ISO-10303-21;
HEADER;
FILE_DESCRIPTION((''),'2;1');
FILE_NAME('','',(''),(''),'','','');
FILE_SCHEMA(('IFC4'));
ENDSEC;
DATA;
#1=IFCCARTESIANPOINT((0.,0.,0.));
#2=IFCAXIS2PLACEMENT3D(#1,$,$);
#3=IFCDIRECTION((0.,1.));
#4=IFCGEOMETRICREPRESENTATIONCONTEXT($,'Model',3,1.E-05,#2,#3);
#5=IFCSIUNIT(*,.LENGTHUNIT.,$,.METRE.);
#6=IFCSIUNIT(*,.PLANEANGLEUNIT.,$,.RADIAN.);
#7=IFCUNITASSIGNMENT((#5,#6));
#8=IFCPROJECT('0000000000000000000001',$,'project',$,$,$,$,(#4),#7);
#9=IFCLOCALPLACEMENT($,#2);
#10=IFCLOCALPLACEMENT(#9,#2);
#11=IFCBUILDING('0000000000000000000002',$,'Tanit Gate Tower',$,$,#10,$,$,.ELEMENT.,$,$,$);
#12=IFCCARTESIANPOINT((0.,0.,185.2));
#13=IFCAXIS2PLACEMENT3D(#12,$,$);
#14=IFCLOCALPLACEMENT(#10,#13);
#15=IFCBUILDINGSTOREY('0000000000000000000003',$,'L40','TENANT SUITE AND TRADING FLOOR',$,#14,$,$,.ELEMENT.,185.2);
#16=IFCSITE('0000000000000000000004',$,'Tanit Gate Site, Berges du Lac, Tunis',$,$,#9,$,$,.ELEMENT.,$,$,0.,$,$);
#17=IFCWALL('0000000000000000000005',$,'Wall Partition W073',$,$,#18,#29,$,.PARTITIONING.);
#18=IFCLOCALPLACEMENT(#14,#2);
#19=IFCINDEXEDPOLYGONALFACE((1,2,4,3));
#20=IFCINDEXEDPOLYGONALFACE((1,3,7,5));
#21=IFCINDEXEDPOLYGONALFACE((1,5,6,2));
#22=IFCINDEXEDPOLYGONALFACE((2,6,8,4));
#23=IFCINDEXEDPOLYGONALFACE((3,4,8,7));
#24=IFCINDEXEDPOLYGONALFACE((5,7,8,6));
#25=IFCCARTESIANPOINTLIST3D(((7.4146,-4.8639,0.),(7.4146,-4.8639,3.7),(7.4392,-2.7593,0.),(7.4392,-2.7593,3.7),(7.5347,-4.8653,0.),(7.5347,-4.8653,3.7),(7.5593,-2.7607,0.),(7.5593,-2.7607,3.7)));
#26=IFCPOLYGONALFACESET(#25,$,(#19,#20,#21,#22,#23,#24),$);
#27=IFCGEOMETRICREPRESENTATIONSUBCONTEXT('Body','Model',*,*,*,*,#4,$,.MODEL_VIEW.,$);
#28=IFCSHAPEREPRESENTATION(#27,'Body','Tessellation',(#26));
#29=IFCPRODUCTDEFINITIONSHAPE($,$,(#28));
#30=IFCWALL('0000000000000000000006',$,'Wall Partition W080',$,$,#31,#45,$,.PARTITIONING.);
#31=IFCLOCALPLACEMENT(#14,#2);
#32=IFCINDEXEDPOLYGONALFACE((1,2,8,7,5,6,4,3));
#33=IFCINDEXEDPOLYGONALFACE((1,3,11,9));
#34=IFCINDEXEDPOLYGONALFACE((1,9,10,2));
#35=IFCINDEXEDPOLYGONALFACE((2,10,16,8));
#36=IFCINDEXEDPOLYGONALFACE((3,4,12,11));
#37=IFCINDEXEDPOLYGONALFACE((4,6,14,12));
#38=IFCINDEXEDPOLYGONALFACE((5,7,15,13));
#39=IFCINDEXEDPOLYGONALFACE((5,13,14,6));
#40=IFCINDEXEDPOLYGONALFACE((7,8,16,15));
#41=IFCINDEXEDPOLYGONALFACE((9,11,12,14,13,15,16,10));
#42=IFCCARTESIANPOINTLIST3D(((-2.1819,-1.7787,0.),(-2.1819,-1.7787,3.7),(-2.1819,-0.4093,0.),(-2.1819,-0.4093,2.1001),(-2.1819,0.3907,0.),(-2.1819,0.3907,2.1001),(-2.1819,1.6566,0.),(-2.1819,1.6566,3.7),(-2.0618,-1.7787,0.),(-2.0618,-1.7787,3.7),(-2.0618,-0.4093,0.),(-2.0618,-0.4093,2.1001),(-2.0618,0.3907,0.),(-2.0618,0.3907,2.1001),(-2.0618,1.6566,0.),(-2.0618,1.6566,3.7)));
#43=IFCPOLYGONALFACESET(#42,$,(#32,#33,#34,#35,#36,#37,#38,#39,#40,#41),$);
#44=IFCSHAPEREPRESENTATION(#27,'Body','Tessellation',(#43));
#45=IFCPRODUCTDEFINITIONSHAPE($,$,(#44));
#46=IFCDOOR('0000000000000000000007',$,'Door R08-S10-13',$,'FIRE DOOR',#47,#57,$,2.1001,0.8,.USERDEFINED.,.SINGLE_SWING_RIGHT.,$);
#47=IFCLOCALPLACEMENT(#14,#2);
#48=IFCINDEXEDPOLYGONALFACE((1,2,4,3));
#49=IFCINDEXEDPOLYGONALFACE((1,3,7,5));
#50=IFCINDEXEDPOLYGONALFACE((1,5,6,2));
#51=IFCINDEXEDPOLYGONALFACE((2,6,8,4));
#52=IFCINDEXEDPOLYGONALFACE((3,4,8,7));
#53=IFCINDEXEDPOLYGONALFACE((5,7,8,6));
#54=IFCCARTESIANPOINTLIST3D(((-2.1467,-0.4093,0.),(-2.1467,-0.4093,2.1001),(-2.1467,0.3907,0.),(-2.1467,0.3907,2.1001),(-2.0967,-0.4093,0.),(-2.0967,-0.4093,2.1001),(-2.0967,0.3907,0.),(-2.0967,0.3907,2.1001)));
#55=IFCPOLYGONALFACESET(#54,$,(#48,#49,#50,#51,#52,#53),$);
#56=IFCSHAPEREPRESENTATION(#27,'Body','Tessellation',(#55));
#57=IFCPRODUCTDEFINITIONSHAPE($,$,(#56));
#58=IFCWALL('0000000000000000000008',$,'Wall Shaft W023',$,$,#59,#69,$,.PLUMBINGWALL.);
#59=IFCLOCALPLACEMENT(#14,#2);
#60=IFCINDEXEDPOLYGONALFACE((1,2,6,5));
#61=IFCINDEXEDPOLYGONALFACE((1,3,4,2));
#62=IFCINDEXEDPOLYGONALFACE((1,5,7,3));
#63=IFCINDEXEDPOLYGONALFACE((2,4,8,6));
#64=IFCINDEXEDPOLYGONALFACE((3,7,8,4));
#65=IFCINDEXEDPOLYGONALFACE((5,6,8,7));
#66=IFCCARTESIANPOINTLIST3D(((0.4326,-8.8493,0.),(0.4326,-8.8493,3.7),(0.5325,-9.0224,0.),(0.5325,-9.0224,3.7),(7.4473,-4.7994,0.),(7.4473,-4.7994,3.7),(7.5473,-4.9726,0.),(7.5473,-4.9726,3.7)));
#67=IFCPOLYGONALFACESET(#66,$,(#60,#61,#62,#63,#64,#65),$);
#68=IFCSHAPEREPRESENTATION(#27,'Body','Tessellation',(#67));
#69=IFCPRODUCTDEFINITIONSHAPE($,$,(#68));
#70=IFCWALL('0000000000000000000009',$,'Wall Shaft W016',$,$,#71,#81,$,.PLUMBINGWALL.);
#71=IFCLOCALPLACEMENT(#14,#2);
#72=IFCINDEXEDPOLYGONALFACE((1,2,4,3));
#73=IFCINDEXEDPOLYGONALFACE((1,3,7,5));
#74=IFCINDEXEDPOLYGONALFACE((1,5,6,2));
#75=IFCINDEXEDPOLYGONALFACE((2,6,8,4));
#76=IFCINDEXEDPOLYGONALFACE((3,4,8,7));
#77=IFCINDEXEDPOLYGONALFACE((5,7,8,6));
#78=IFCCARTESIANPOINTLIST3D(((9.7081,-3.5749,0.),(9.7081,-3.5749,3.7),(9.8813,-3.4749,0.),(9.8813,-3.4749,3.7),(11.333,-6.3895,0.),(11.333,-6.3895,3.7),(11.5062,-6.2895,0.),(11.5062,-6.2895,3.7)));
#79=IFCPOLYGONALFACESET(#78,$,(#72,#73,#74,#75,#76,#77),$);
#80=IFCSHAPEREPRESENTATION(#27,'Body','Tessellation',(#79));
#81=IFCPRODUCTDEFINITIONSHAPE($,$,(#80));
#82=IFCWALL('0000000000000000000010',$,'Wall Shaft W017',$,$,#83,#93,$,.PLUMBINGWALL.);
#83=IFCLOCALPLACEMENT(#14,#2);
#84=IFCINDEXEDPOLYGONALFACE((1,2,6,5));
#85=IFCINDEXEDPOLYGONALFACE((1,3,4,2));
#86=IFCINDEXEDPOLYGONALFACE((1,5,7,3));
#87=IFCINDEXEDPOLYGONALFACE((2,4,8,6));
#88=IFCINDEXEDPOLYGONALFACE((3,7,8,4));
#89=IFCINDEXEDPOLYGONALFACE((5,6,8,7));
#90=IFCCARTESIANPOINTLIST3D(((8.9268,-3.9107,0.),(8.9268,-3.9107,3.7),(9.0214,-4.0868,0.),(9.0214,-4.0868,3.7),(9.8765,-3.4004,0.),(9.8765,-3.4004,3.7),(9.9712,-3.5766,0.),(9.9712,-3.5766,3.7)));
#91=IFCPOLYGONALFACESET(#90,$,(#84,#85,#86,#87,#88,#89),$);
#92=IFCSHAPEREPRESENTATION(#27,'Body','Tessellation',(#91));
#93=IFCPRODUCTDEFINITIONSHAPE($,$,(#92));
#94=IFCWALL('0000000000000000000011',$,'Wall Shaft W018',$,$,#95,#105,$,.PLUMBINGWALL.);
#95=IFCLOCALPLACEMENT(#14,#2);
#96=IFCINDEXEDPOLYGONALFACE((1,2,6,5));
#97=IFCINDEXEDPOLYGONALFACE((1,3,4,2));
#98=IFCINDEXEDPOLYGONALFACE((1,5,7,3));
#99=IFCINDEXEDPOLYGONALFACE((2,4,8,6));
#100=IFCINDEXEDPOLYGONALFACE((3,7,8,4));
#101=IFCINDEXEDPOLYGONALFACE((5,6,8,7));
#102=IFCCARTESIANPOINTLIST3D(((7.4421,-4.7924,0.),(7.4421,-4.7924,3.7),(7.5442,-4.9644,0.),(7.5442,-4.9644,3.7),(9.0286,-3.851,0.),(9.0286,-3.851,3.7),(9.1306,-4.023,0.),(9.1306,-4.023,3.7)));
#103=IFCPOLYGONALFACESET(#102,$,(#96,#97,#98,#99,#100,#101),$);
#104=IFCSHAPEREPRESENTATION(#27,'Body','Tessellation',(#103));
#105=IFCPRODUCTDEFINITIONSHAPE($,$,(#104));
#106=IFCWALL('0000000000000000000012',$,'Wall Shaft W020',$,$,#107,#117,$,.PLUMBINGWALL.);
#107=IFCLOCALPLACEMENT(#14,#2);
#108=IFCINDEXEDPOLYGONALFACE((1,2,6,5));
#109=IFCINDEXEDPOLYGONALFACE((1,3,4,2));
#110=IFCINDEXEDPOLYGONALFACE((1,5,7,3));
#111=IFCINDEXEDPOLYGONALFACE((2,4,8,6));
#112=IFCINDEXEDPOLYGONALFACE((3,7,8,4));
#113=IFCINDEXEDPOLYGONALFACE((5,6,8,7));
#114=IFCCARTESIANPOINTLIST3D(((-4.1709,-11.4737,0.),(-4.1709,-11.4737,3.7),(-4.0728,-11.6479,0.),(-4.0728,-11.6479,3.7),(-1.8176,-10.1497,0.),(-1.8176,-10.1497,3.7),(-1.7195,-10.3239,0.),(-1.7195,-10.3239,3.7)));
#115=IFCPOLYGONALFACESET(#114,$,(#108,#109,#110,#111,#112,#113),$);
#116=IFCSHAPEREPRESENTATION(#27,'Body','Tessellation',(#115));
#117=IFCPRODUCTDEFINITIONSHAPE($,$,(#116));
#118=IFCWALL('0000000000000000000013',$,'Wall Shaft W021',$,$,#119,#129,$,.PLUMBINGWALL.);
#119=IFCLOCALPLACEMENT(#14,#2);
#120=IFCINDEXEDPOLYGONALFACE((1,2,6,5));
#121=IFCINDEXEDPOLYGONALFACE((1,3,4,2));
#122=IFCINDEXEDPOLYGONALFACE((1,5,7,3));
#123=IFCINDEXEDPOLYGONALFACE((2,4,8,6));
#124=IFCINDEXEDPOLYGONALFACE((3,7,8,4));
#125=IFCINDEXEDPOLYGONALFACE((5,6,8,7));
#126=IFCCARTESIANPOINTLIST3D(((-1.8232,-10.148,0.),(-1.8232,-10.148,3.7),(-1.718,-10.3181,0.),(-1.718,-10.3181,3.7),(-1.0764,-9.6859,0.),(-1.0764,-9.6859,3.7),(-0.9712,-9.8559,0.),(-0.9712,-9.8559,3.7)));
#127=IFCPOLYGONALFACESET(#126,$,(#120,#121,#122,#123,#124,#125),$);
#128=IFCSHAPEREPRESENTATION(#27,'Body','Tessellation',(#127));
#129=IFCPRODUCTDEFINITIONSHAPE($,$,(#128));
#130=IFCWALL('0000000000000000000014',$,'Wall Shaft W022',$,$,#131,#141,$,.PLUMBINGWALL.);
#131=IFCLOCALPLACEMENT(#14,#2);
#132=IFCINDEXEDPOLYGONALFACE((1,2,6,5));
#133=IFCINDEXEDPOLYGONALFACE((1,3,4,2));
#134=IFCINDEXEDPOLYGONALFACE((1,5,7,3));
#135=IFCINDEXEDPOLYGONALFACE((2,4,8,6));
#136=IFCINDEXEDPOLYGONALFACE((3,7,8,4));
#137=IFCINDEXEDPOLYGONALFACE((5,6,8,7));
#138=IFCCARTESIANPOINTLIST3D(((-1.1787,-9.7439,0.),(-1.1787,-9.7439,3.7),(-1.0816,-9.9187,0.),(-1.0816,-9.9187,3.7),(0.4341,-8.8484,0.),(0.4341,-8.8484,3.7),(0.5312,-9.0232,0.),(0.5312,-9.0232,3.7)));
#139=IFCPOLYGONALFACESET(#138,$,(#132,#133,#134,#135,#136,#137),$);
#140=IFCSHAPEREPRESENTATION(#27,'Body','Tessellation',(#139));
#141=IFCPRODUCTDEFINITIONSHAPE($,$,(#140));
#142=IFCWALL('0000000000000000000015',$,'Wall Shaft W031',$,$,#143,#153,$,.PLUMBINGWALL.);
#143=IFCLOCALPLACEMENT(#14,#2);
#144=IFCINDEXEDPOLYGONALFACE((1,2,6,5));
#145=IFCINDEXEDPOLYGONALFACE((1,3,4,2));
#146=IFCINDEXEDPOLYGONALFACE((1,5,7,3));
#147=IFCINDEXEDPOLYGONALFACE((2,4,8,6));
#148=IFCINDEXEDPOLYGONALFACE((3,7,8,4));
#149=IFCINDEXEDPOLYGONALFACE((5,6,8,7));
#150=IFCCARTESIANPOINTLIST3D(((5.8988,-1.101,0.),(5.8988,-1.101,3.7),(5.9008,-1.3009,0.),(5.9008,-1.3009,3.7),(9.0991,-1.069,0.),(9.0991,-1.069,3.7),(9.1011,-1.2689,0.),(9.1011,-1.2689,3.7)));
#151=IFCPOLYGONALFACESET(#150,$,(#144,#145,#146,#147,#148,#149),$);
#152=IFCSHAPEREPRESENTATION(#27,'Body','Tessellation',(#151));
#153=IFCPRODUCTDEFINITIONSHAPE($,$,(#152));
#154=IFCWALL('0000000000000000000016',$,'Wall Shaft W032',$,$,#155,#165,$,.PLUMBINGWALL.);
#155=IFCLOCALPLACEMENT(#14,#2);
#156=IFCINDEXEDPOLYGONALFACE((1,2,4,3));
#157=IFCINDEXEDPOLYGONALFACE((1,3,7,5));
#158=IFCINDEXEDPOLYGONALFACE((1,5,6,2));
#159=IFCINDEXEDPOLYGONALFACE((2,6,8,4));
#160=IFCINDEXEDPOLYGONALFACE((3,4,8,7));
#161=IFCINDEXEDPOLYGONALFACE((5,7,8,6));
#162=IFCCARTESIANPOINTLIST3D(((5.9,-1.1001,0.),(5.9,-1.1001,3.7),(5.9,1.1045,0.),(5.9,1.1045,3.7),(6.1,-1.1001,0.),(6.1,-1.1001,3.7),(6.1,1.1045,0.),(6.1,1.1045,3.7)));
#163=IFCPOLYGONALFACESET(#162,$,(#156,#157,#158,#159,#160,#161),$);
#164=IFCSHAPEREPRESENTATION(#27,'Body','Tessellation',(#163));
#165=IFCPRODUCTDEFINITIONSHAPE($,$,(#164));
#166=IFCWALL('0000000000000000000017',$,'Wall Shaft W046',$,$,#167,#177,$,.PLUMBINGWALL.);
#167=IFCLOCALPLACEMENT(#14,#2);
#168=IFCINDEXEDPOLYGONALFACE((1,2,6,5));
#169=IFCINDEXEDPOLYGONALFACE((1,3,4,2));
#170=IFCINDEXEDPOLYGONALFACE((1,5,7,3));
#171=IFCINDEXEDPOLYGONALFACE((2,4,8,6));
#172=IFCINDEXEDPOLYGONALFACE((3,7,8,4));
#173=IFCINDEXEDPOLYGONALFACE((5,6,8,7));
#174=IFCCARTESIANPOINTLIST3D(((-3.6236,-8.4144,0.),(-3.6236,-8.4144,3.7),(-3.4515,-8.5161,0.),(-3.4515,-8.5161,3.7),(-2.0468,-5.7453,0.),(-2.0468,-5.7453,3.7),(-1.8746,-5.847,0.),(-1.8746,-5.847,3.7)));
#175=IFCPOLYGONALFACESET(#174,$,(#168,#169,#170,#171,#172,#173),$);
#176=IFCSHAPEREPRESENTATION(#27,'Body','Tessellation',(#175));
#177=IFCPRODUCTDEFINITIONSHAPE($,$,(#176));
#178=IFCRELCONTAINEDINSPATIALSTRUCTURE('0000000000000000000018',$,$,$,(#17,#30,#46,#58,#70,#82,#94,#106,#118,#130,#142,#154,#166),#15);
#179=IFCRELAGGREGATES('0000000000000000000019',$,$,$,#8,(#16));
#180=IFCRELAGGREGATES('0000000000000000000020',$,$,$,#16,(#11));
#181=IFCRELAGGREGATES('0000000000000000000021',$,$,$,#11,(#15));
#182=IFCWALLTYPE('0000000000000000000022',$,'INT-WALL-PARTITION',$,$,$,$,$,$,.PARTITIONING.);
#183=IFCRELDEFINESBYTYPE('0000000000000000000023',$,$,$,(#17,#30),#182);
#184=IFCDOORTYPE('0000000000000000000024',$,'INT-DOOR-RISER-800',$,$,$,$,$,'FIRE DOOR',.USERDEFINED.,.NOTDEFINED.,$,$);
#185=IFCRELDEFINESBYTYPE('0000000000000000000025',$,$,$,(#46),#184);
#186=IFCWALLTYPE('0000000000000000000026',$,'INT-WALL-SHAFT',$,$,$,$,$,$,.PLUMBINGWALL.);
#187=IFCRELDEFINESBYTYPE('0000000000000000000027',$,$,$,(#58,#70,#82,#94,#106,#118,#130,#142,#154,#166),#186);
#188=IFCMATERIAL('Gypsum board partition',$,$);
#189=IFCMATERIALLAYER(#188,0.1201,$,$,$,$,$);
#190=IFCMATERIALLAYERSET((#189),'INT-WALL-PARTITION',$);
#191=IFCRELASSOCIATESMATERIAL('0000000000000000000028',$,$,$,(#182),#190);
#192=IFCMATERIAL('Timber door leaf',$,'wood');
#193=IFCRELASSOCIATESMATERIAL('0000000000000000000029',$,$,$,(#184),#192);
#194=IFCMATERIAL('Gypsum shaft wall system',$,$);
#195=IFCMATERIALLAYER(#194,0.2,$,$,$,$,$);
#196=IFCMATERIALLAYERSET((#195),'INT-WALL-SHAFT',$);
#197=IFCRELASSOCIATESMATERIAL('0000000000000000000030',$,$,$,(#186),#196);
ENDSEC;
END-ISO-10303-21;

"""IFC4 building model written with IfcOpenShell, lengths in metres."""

from ifc_helpers import new_model, si_unit, direction, frame, frame_2d, origin, place, context, subcontext, project, spatial, rectangle, extrude, material, layer, layer_set, type_object, element, fill, save


model = new_model("IFC4")

# Units and contexts
model_context = context("Model", 3, precision=1e-05, world=origin(), true_north=direction((0.0, 1.0)))
body_context = subcontext(model_context, "Body", "Model", "MODEL_VIEW")
ifc_project = project(units=[si_unit("LENGTHUNIT", "METRE"), si_unit("PLANEANGLEUNIT", "RADIAN")], contexts=[model_context])

# Site, building, storey
site_placement = place(None, origin())
site = spatial("IfcSite", under=ifc_project, at=site_placement, Name="Tanit Gate Site, Berges du Lac, Tunis", CompositionType="ELEMENT", RefElevation=0.0)
building_placement = place(site_placement, origin())
building = spatial("IfcBuilding", under=site, at=building_placement, Name="Tanit Gate Tower", CompositionType="ELEMENT")
storey_placement = place(building_placement, frame((0.0, 0.0, 185.2)))
storey = spatial("IfcBuildingStorey", under=building, at=storey_placement, Name="L40", Description="TENANT SUITE AND TRADING FLOOR", CompositionType="ELEMENT", Elevation=185.2)

# Shared definitions
ifc_material_1 = material(Name="Gypsum board partition")
ifc_layer_1 = layer(ifc_material_1, 0.1201)
ifc_layer_set_1 = layer_set([ifc_layer_1], Name="INT-WALL-PARTITION")
wall_type_1 = type_object("IfcWallType", Name="INT-WALL-PARTITION", PredefinedType="PARTITIONING", material=ifc_layer_set_1)
ifc_material_2 = material(Name="Timber door leaf", Category="wood")
door_type_1 = type_object("IfcDoorType", Name="INT-DOOR-RISER-800", ElementType="FIRE DOOR", OperationType="NOTDEFINED", PredefinedType="USERDEFINED", material=ifc_material_2)

# Wall
wall_1_placement = place(storey_placement, frame((7.4746, -4.8645, 0.0), z_axis=(0.0, 0.0, 1.0), x_axis=(0.011716, 0.999931, 0.0)))
element("IfcWall", 1, at=wall_1_placement, inside=storey, type_object=wall_type_1, Name="Wall Partition W073", PredefinedType="PARTITIONING", context=body_context, shape_type="SweptSolid", body=[
    extrude(rectangle(XDim=2.1047, YDim=0.1201, at=frame_2d((1.0522, 0.0))), origin(), (0.0, 0.0, 1.0), 3.7),
])

# Wall, opening, door
wall_2_placement = place(storey_placement, frame((-2.1218, -1.7788, 0.0), z_axis=(0.0, 0.0, 1.0), x_axis=(0.0, 1.0, 0.0)))
wall_2 = element("IfcWall", 2, at=wall_2_placement, inside=storey, type_object=wall_type_1, Name="Wall Partition W080", PredefinedType="PARTITIONING", context=body_context, shape_type="SweptSolid", body=[
    extrude(rectangle(XDim=3.4353, YDim=0.1201, at=frame_2d((1.7178, 0.0))), origin(), (0.0, 0.0, 1.0), 3.7),
])
opening_1_placement = place(wall_2_placement, frame((1.3696, 0.0, 0.0)))
opening_1 = element("IfcOpeningElement", 3, at=opening_1_placement, cuts=wall_2, PredefinedType="OPENING", context=body_context, shape_type="SweptSolid", body=[
    extrude(rectangle(XDim=0.8, YDim=2.1001, at=frame_2d((0.3999, 1.05))), frame((0.0, 0.0701, 0.0), z_axis=(0.0, -1.0, 0.0), x_axis=(1.0, 0.0, 0.0)), (0.0, 0.0, 1.0), 0.1401),
])
door_1_placement = place(opening_1_placement, origin())
door_1 = element("IfcDoor", 4, at=door_1_placement, inside=storey, type_object=door_type_1, Name="Door R08-S10-13", ObjectType="FIRE DOOR", OperationType="SINGLE_SWING_RIGHT", OverallHeight=2.1001, OverallWidth=0.8, PredefinedType="USERDEFINED", context=body_context, shape_type="SweptSolid", body=[
    extrude(rectangle(XDim=0.8, YDim=2.1001, at=frame_2d((0.3999, 1.05))), frame((0.0, 0.0249, 0.0), z_axis=(0.0, -1.0, 0.0), x_axis=(1.0, 0.0, 0.0)), (0.0, 0.0, 1.0), 0.05),
])
fill(opening_1, door_1)

# Walls
ifc_material_3 = material(Name="Gypsum shaft wall system")
ifc_layer_2 = layer(ifc_material_3, 0.2)
ifc_layer_set_2 = layer_set([ifc_layer_2], Name="INT-WALL-SHAFT")
wall_type_2 = type_object("IfcWallType", Name="INT-WALL-SHAFT", PredefinedType="PLUMBINGWALL", material=ifc_layer_set_2)
wall_3_placement = place(storey_placement, frame((0.4827, -8.9358, 0.0), z_axis=(0.0, 0.0, 1.0), x_axis=(0.866031, 0.49999, 0.0)))
element("IfcWall", 5, at=wall_3_placement, inside=storey, type_object=wall_type_2, Name="Wall Shaft W023", PredefinedType="PLUMBINGWALL", context=body_context, shape_type="SweptSolid", body=[
    extrude(rectangle(XDim=8.0999, YDim=0.2, at=frame_2d((4.0498, 0.0))), origin(), (0.0, 0.0, 1.0), 3.7),
])
wall_4_placement = place(storey_placement, frame((9.7947, -3.5249, 0.0), z_axis=(0.0, 0.0, 1.0), x_axis=(0.499985, -0.866034, 0.0)))
element("IfcWall", 6, at=wall_4_placement, inside=storey, type_object=wall_type_2, Name="Wall Shaft W016", PredefinedType="PLUMBINGWALL", context=body_context, shape_type="SweptSolid", body=[
    extrude(rectangle(XDim=3.25, YDim=0.2, at=frame_2d((1.625, 0.0))), origin(), (0.0, 0.0, 1.0), 3.7),
])
wall_5_placement = place(storey_placement, frame((8.9741, -3.9988, 0.0), z_axis=(0.0, 0.0, 1.0), x_axis=(0.880907, 0.473289, 0.0)))
element("IfcWall", 7, at=wall_5_placement, inside=storey, type_object=wall_type_2, Name="Wall Shaft W017", PredefinedType="PLUMBINGWALL", context=body_context, shape_type="SweptSolid", body=[
    extrude(rectangle(XDim=1.0781, YDim=0.2, at=frame_2d((0.5391, 0.0))), origin(), (0.0, 0.0, 1.0), 3.7),
])
wall_6_placement = place(storey_placement, frame((7.4932, -4.8784, 0.0), z_axis=(0.0, 0.0, 1.0), x_axis=(0.859982, 0.510325, 0.0)))
element("IfcWall", 8, at=wall_6_placement, inside=storey, type_object=wall_type_2, Name="Wall Shaft W018", PredefinedType="PLUMBINGWALL", context=body_context, shape_type="SweptSolid", body=[
    extrude(rectangle(XDim=1.8447, YDim=0.2, at=frame_2d((0.9224, 0.0))), origin(), (0.0, 0.0, 1.0), 3.7),
])
wall_7_placement = place(storey_placement, frame((-1.7686, -10.2368, 0.0), z_axis=(0.0, 0.0, 1.0), x_axis=(-0.871534, -0.490334, 0.0)))
element("IfcWall", 9, at=wall_7_placement, inside=storey, type_object=wall_type_2, Name="Wall Shaft W020", PredefinedType="PLUMBINGWALL", context=body_context, shape_type="SweptSolid", body=[
    extrude(rectangle(XDim=2.7002, YDim=0.2, at=frame_2d((1.3501, 0.0))), origin(), (0.0, 0.0, 1.0), 3.7),
])
wall_8_placement = place(storey_placement, frame((-1.0239, -9.771, 0.0), z_axis=(0.0, 0.0, 1.0), x_axis=(-0.850348, -0.526221, 0.0)))
element("IfcWall", 10, at=wall_8_placement, inside=storey, type_object=wall_type_2, Name="Wall Shaft W021", PredefinedType="PLUMBINGWALL", context=body_context, shape_type="SweptSolid", body=[
    extrude(rectangle(XDim=0.8782, YDim=0.2, at=frame_2d((0.439, 0.0))), origin(), (0.0, 0.0, 1.0), 3.7),
])
wall_9_placement = place(storey_placement, frame((-1.1301, -9.8313, 0.0), z_axis=(0.0, 0.0, 1.0), x_axis=(0.87427, 0.485441, 0.0)))
element("IfcWall", 11, at=wall_9_placement, inside=storey, type_object=wall_type_2, Name="Wall Shaft W022", PredefinedType="PLUMBINGWALL", context=body_context, shape_type="SweptSolid", body=[
    extrude(rectangle(XDim=1.8447, YDim=0.2, at=frame_2d((0.9224, 0.0))), origin(), (0.0, 0.0, 1.0), 3.7),
])
wall_10_placement = place(storey_placement, frame((5.8999, -1.2009, 0.0), z_axis=(0.0, 0.0, 1.0), x_axis=(0.99995, 0.009993, 0.0)))
element("IfcWall", 12, at=wall_10_placement, inside=storey, type_object=wall_type_2, Name="Wall Shaft W031", PredefinedType="PLUMBINGWALL", context=body_context, shape_type="SweptSolid", body=[
    extrude(rectangle(XDim=3.2004, YDim=0.2, at=frame_2d((1.6001, 0.0))), origin(), (0.0, 0.0, 1.0), 3.7),
])
wall_11_placement = place(storey_placement, frame((6.0, -1.1001, 0.0), z_axis=(0.0, 0.0, 1.0), x_axis=(0.0, 1.0, 0.0)))
element("IfcWall", 13, at=wall_11_placement, inside=storey, type_object=wall_type_2, Name="Wall Shaft W032", PredefinedType="PLUMBINGWALL", context=body_context, shape_type="SweptSolid", body=[
    extrude(rectangle(XDim=2.2046, YDim=0.2, at=frame_2d((1.1023, 0.0))), origin(), (0.0, 0.0, 1.0), 3.7),
])
wall_12_placement = place(storey_placement, frame((-1.9607, -5.7961, 0.0), z_axis=(0.0, 0.0, 1.0), x_axis=(-0.508647, -0.860975, 0.0)))
element("IfcWall", 14, at=wall_12_placement, inside=storey, type_object=wall_type_2, Name="Wall Shaft W046", PredefinedType="PLUMBINGWALL", context=body_context, shape_type="SweptSolid", body=[
    extrude(rectangle(XDim=3.1001, YDim=0.2, at=frame_2d((1.55, 0.0))), origin(), (0.0, 0.0, 1.0), 3.7),
])

save(model, "model.ifc")
